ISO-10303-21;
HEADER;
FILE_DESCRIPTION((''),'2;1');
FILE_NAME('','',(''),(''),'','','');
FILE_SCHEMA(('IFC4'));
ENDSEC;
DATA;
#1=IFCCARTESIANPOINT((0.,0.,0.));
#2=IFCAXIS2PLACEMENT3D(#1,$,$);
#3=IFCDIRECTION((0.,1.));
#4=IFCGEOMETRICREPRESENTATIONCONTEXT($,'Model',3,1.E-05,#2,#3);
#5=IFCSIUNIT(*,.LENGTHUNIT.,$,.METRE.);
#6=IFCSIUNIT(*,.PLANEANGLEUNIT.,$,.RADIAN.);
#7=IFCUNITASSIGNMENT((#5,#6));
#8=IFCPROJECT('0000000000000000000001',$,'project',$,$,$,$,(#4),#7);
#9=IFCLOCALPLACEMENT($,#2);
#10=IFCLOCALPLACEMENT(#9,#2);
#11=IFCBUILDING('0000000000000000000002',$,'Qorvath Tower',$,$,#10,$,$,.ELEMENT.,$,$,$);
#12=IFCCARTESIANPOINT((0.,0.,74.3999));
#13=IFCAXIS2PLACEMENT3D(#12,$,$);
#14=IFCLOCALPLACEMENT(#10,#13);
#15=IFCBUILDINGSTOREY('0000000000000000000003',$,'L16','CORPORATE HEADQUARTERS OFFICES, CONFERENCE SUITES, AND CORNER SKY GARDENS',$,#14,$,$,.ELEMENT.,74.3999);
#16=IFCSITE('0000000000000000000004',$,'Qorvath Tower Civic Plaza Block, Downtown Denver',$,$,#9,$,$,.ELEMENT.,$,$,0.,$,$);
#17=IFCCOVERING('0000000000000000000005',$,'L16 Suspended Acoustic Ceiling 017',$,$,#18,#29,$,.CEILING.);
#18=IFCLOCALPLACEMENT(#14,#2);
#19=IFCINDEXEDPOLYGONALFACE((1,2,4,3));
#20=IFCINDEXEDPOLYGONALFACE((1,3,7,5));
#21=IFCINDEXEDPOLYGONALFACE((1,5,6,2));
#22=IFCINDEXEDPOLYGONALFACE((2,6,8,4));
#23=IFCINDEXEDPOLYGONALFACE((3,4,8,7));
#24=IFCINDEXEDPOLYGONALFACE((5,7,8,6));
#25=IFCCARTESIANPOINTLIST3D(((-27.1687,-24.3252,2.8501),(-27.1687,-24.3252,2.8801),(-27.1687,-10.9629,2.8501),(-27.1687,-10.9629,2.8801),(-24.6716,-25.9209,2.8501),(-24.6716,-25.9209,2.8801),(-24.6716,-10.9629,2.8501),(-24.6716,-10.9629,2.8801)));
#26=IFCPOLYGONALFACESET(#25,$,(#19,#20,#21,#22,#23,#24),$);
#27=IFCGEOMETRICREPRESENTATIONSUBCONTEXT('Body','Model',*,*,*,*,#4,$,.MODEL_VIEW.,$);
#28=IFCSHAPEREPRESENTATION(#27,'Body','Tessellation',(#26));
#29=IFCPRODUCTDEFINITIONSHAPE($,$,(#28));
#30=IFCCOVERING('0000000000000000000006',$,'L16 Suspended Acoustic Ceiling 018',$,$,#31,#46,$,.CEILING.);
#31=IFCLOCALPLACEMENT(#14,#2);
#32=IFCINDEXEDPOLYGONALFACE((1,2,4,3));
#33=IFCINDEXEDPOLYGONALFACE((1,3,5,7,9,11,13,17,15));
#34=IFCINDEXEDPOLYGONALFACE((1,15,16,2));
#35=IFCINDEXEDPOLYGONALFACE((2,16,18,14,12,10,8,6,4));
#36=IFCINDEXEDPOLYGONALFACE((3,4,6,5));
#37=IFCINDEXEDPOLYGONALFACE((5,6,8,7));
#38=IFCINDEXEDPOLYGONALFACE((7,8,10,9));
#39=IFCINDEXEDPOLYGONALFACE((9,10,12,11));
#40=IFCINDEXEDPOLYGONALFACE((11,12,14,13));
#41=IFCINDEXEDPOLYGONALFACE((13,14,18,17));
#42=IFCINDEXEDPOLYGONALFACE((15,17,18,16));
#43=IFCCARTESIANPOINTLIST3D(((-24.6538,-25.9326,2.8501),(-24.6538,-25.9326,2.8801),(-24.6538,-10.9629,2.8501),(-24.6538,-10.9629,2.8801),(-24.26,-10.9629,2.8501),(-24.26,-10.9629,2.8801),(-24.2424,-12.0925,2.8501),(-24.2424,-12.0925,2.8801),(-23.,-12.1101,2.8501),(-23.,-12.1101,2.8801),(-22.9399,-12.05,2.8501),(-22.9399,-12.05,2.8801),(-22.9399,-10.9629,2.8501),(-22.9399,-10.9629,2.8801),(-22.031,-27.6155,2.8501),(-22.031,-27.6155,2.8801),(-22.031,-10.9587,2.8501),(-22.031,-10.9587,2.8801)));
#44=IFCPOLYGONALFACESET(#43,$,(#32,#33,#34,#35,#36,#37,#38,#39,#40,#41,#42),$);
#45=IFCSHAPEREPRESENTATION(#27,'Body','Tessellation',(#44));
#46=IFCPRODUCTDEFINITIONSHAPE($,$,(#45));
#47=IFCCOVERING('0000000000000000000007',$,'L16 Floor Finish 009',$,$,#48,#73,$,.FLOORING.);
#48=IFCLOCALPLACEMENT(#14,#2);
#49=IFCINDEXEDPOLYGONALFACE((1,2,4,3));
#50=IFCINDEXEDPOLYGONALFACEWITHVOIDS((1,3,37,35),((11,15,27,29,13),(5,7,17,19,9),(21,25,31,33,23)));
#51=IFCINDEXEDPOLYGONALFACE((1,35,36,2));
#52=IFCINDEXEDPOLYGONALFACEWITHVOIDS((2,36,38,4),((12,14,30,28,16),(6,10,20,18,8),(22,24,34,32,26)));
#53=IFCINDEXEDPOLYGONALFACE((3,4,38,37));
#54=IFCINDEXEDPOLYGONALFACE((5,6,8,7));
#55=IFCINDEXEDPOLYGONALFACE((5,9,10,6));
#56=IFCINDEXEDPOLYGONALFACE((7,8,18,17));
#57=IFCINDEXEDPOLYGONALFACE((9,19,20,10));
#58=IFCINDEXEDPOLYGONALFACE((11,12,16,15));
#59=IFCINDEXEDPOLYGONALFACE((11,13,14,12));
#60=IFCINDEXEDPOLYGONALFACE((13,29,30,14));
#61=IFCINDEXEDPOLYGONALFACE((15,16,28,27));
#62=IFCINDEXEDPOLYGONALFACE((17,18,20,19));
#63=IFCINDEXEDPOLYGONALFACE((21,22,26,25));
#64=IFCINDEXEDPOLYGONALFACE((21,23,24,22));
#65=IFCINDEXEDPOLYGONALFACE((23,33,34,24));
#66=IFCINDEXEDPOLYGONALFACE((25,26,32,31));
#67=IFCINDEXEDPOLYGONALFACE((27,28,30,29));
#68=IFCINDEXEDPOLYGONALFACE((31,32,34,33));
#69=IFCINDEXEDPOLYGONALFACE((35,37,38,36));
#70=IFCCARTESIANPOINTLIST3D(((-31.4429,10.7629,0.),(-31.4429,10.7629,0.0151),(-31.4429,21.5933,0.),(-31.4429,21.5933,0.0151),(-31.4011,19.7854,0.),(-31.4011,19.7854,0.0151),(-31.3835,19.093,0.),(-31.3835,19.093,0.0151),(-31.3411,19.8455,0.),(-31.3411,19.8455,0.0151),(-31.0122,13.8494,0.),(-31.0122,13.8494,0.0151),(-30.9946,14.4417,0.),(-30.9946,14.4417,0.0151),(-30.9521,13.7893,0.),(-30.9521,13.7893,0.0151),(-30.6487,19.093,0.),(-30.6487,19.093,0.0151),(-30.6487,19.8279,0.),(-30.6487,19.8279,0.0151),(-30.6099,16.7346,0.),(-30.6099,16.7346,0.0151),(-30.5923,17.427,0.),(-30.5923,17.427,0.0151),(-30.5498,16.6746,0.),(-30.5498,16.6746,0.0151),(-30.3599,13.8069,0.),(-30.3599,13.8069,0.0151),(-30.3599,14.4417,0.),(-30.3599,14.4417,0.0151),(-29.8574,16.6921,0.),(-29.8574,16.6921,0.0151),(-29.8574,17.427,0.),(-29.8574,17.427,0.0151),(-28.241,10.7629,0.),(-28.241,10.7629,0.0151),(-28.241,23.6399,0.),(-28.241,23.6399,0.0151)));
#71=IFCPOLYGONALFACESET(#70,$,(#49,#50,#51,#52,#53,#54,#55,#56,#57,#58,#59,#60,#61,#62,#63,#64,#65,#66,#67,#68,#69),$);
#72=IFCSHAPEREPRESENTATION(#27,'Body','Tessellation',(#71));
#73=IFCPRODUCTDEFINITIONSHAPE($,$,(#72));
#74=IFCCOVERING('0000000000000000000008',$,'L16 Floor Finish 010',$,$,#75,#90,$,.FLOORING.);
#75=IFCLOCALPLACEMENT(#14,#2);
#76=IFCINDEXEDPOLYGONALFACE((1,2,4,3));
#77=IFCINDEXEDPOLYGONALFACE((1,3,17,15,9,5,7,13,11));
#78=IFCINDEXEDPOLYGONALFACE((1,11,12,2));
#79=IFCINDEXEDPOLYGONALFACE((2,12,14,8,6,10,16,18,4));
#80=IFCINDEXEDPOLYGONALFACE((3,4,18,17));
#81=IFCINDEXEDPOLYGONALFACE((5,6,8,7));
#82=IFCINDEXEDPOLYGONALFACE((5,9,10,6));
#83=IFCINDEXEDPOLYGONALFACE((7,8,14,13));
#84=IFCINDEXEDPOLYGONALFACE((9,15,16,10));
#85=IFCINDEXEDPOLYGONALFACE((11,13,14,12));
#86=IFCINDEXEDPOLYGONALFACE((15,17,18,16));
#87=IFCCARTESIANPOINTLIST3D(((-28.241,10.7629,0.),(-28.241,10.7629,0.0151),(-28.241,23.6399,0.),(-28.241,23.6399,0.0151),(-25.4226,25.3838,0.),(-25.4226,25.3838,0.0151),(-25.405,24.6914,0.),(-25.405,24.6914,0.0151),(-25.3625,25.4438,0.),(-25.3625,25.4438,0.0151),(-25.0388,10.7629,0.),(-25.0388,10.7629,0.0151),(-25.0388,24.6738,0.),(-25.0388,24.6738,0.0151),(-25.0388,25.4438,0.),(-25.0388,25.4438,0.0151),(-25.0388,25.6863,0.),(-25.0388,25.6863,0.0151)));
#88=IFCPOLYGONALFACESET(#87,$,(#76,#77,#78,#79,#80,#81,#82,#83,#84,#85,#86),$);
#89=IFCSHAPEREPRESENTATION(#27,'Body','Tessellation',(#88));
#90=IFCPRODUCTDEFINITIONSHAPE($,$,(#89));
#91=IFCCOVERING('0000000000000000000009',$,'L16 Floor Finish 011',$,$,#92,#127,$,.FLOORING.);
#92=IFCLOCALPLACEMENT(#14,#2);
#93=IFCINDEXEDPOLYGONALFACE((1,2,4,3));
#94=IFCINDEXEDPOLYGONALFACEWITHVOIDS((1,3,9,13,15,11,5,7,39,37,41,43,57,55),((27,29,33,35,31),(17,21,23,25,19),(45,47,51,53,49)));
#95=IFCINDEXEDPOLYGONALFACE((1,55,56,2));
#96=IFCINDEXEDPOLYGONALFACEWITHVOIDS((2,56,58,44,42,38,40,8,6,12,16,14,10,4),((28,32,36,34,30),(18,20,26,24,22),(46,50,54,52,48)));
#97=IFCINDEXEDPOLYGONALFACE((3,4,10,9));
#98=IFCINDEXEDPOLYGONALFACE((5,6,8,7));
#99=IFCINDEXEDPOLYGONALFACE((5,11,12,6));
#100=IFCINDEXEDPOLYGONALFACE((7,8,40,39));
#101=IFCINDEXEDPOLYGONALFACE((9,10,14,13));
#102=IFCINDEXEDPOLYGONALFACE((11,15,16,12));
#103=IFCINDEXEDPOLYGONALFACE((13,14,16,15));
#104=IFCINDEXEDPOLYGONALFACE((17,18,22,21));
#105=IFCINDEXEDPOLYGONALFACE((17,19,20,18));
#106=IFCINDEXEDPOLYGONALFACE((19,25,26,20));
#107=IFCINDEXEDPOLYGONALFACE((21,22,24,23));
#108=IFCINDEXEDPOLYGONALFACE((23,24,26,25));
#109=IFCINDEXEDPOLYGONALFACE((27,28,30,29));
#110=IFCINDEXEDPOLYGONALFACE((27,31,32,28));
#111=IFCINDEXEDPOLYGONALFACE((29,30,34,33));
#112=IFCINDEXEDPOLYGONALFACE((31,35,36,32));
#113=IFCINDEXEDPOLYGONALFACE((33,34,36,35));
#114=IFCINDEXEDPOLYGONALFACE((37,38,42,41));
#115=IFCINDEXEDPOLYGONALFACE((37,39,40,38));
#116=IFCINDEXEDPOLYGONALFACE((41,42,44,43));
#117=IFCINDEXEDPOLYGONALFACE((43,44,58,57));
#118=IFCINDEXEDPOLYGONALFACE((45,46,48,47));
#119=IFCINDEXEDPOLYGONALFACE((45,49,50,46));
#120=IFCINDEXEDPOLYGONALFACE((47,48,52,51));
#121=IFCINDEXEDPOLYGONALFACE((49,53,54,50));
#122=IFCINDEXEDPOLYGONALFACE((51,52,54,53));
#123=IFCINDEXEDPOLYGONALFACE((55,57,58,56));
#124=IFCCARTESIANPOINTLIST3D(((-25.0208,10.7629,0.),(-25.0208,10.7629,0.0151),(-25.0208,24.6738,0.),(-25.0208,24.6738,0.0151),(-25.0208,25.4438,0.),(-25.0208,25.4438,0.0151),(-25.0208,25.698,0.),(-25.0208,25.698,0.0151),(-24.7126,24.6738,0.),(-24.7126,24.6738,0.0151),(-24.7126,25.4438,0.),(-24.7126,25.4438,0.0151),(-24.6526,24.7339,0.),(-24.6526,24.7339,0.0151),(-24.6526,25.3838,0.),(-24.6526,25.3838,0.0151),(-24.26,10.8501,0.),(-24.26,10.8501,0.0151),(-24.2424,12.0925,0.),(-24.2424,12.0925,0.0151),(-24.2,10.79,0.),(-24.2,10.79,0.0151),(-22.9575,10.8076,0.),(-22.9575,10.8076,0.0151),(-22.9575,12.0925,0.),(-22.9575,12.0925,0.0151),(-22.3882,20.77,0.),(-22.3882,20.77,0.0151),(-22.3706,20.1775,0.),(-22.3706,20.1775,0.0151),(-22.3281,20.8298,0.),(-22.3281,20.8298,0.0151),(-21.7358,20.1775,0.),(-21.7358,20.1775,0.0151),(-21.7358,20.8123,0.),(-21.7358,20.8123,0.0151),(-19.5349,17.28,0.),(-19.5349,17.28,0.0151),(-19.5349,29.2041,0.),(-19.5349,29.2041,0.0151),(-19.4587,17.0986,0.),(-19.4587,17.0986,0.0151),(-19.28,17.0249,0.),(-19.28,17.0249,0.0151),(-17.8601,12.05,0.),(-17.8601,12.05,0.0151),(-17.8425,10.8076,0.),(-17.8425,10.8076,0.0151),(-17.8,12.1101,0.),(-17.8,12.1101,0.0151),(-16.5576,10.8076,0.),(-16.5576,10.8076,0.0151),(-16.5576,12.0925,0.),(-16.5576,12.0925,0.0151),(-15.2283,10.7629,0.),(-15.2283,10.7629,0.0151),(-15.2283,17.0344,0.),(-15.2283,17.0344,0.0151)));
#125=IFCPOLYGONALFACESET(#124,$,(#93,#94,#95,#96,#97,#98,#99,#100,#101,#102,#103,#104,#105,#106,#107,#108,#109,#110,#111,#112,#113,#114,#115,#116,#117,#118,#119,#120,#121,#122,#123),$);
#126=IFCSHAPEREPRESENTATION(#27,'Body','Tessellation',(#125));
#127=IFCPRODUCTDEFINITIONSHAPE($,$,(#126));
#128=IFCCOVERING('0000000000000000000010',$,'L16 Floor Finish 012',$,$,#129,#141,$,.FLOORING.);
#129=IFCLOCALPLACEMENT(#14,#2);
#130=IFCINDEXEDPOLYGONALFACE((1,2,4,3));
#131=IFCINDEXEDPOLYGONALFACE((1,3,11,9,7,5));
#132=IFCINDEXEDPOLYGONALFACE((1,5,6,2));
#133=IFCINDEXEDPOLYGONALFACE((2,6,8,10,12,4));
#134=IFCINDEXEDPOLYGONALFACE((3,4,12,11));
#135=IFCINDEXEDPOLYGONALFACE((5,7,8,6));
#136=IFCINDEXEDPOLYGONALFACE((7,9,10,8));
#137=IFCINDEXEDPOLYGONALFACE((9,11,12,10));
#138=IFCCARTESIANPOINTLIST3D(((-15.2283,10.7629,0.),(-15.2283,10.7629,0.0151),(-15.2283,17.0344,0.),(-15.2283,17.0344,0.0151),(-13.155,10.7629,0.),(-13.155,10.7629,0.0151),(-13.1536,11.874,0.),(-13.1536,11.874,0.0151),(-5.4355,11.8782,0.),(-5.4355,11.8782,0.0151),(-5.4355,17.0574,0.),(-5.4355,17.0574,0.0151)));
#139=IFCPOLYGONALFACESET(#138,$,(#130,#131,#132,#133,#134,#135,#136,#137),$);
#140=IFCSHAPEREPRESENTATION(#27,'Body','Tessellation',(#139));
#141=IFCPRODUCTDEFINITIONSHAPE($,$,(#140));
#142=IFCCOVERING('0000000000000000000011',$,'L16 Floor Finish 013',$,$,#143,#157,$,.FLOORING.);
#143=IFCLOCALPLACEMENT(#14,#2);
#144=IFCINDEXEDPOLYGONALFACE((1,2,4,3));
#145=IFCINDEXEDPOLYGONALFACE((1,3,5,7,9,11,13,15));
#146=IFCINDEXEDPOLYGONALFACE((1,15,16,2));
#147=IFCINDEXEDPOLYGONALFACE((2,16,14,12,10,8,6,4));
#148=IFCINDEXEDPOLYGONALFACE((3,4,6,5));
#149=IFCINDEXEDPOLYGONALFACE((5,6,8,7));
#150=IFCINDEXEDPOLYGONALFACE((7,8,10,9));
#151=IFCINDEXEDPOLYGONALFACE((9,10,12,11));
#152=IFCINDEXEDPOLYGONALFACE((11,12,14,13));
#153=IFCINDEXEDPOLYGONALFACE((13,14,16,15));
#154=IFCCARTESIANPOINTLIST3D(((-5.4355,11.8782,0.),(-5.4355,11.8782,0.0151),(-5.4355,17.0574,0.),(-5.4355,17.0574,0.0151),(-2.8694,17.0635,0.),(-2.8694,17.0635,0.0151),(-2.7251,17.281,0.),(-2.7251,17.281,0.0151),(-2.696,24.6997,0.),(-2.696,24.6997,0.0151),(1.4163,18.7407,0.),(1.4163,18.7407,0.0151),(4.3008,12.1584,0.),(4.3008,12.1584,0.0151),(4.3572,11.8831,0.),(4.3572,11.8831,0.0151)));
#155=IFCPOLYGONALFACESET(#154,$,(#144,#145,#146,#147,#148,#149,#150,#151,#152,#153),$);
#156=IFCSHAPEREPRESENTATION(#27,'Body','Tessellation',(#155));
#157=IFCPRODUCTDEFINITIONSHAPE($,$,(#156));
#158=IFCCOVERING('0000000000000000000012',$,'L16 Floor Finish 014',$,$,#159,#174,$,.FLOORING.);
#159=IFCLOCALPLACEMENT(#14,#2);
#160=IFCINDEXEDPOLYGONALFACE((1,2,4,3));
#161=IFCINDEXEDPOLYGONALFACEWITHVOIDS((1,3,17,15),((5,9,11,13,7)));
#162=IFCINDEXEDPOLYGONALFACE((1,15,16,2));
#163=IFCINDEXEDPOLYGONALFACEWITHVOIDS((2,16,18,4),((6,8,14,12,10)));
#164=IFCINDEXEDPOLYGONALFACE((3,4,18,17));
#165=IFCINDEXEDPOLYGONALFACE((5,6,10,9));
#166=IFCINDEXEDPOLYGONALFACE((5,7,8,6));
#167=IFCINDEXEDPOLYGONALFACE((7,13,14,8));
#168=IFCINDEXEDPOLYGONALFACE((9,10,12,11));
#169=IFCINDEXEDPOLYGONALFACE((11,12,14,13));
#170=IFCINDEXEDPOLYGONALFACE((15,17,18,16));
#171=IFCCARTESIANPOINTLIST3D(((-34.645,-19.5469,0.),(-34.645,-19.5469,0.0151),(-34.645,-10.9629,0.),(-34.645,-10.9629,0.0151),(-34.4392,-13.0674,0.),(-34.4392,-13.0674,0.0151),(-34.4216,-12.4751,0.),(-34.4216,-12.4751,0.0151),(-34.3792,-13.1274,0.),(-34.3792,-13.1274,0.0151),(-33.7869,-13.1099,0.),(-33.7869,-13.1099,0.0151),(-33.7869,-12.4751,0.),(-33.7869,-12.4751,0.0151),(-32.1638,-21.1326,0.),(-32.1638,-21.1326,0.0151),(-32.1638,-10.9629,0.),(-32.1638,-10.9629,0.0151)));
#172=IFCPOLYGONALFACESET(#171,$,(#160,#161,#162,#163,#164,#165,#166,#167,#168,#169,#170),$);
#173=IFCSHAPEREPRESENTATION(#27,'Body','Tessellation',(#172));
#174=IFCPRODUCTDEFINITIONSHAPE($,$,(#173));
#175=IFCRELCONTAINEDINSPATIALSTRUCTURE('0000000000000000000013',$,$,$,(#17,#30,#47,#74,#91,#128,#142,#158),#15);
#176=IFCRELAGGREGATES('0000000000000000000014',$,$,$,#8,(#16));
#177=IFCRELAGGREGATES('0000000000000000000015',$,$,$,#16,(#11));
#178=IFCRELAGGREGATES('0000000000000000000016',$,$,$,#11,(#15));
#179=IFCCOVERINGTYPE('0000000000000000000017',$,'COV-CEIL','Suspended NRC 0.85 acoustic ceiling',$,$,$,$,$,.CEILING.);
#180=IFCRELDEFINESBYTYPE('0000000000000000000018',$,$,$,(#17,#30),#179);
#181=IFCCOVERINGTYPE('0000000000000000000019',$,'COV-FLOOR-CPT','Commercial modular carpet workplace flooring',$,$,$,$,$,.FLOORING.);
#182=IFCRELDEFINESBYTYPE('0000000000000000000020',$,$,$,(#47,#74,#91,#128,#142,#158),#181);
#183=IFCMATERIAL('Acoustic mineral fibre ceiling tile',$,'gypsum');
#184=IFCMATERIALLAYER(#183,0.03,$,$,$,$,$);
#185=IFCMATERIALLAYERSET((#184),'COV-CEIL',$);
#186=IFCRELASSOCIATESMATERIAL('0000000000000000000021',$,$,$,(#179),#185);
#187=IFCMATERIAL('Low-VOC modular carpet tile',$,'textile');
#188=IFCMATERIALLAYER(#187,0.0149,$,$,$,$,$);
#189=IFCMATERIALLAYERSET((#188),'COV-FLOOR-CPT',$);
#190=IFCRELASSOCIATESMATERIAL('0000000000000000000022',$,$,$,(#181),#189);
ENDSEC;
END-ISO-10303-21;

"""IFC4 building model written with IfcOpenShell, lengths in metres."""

from ifc_helpers import new_model, si_unit, direction, frame, origin, place, context, subcontext, project, spatial, polyline, outline, extrude, material, layer, layer_set, type_object, element, save


model = new_model("IFC4")

# Units and contexts
model_context = context("Model", 3, precision=1e-05, world=origin(), true_north=direction((0.0, 1.0)))
body_context = subcontext(model_context, "Body", "Model", "MODEL_VIEW")
ifc_project = project(units=[si_unit("LENGTHUNIT", "METRE"), si_unit("PLANEANGLEUNIT", "RADIAN")], contexts=[model_context])

# Site, building, storey
site_placement = place(None, origin())
site = spatial("IfcSite", under=ifc_project, at=site_placement, Name="Qorvath Tower Civic Plaza Block, Downtown Denver", CompositionType="ELEMENT", RefElevation=0.0)
building_placement = place(site_placement, origin())
building = spatial("IfcBuilding", under=site, at=building_placement, Name="Qorvath Tower", CompositionType="ELEMENT")
storey_placement = place(building_placement, frame((0.0, 0.0, 74.3999)))
storey = spatial("IfcBuildingStorey", under=building, at=storey_placement, Name="L16", Description="CORPORATE HEADQUARTERS OFFICES, CONFERENCE SUITES, AND CORNER SKY GARDENS", CompositionType="ELEMENT", Elevation=74.3999)

# Coverings
ifc_material_1 = material(Name="Acoustic mineral fibre ceiling tile", Category="gypsum")
ifc_layer_1 = layer(ifc_material_1, 0.03)
ifc_layer_set_1 = layer_set([ifc_layer_1], Name="COV-CEIL")
covering_type_1 = type_object("IfcCoveringType", Name="COV-CEIL", Description="Suspended NRC 0.85 acoustic ceiling", PredefinedType="CEILING", material=ifc_layer_set_1)
covering_1_placement = place(storey_placement, frame((0.0, 0.0, 2.8501)))
element("IfcCovering", 1, at=covering_1_placement, inside=storey, type_object=covering_type_1, Name="L16 Suspended Acoustic Ceiling 017", PredefinedType="CEILING", context=body_context, shape_type="SweptSolid", body=[
    extrude(outline(polyline([(-24.6716, -10.9629), (-27.1687, -10.9629), (-27.1687, -24.3252), (-24.6716, -25.9209), (-24.6716, -10.9629)])), origin(), (0.0, 0.0, 1.0), 0.03),
])
covering_2_placement = place(storey_placement, frame((0.0, 0.0, 2.8501)))
element("IfcCovering", 2, at=covering_2_placement, inside=storey, type_object=covering_type_1, Name="L16 Suspended Acoustic Ceiling 018", PredefinedType="CEILING", context=body_context, shape_type="SweptSolid", body=[
    extrude(outline(polyline([(-24.6538, -25.9326), (-22.031, -27.6155), (-22.031, -10.9587), (-22.9399, -10.9629), (-22.9399, -12.05), (-23.0, -12.1101), (-24.2424, -12.0925), (-24.26, -10.9629), (-24.6538, -10.9629), (-24.6538, -25.9326)])), origin(), (0.0, 0.0, 1.0), 0.03),
])
ifc_material_2 = material(Name="Low-VOC modular carpet tile", Category="textile")
ifc_layer_2 = layer(ifc_material_2, 0.0149)
ifc_layer_set_2 = layer_set([ifc_layer_2], Name="COV-FLOOR-CPT")
covering_type_2 = type_object("IfcCoveringType", Name="COV-FLOOR-CPT", Description="Commercial modular carpet workplace flooring", PredefinedType="FLOORING", material=ifc_layer_set_2)
covering_3_placement = place(storey_placement, origin())
element("IfcCovering", 3, at=covering_3_placement, inside=storey, type_object=covering_type_2, Name="L16 Floor Finish 009", PredefinedType="FLOORING", context=body_context, shape_type="SweptSolid", body=[
    extrude(outline(polyline([(-28.241, 10.7629), (-28.241, 23.6399), (-31.4429, 21.5933), (-31.4429, 10.7629), (-28.241, 10.7629)]), holes=[polyline([(-30.6099, 16.7346), (-30.5923, 17.427), (-29.8574, 17.427), (-29.8574, 16.6921), (-30.5498, 16.6746), (-30.6099, 16.7346)]), polyline([(-31.0122, 13.8494), (-30.9946, 14.4417), (-30.3599, 14.4417), (-30.3599, 13.8069), (-30.9521, 13.7893), (-31.0122, 13.8494)]), polyline([(-31.4011, 19.7854), (-31.3411, 19.8455), (-30.6487, 19.8279), (-30.6487, 19.093), (-31.3835, 19.093), (-31.4011, 19.7854)])]), origin(), (0.0, 0.0, 1.0), 0.0151),
])
covering_4_placement = place(storey_placement, origin())
element("IfcCovering", 4, at=covering_4_placement, inside=storey, type_object=covering_type_2, Name="L16 Floor Finish 010", PredefinedType="FLOORING", context=body_context, shape_type="SweptSolid", body=[
    extrude(outline(polyline([(-25.0388, 25.4438), (-25.0388, 25.6863), (-28.241, 23.6399), (-28.241, 10.7629), (-25.0388, 10.7629), (-25.0388, 24.6738), (-25.405, 24.6914), (-25.4226, 25.3838), (-25.3625, 25.4438), (-25.0388, 25.4438)])), origin(), (0.0, 0.0, 1.0), 0.0151),
])
covering_5_placement = place(storey_placement, origin())
element("IfcCovering", 5, at=covering_5_placement, inside=storey, type_object=covering_type_2, Name="L16 Floor Finish 011", PredefinedType="FLOORING", context=body_context, shape_type="SweptSolid", body=[
    extrude(outline(polyline([(-15.2283, 10.7629), (-15.2283, 17.0344), (-19.28, 17.0249), (-19.4587, 17.0986), (-19.5349, 17.28), (-19.5349, 29.2041), (-25.0208, 25.698), (-25.0208, 25.4438), (-24.7126, 25.4438), (-24.6526, 25.3838), (-24.6526, 24.7339), (-24.7126, 24.6738), (-25.0208, 24.6738), (-25.0208, 10.7629), (-15.2283, 10.7629)]), holes=[polyline([(-17.8601, 12.05), (-17.8, 12.1101), (-16.5576, 12.0925), (-16.5576, 10.8076), (-17.8425, 10.8076), (-17.8601, 12.05)]), polyline([(-22.3882, 20.77), (-22.3281, 20.8298), (-21.7358, 20.8123), (-21.7358, 20.1775), (-22.3706, 20.1775), (-22.3882, 20.77)]), polyline([(-24.26, 10.8501), (-24.2424, 12.0925), (-22.9575, 12.0925), (-22.9575, 10.8076), (-24.2, 10.79), (-24.26, 10.8501)])]), origin(), (0.0, 0.0, 1.0), 0.0151),
])
covering_6_placement = place(storey_placement, origin())
element("IfcCovering", 6, at=covering_6_placement, inside=storey, type_object=covering_type_2, Name="L16 Floor Finish 012", PredefinedType="FLOORING", context=body_context, shape_type="SweptSolid", body=[
    extrude(outline(polyline([(-13.1536, 11.874), (-5.4355, 11.8782), (-5.4355, 17.0574), (-15.2283, 17.0344), (-15.2283, 10.7629), (-13.155, 10.7629), (-13.1536, 11.874)])), origin(), (0.0, 0.0, 1.0), 0.0151),
])
covering_7_placement = place(storey_placement, origin())
element("IfcCovering", 7, at=covering_7_placement, inside=storey, type_object=covering_type_2, Name="L16 Floor Finish 013", PredefinedType="FLOORING", context=body_context, shape_type="SweptSolid", body=[
    extrude(outline(polyline([(-5.4355, 17.0574), (-5.4355, 11.8782), (4.3572, 11.8831), (4.3008, 12.1584), (1.4163, 18.7407), (-2.696, 24.6997), (-2.7251, 17.281), (-2.8694, 17.0635), (-5.4355, 17.0574)])), origin(), (0.0, 0.0, 1.0), 0.0151),
])
covering_8_placement = place(storey_placement, origin())
element("IfcCovering", 8, at=covering_8_placement, inside=storey, type_object=covering_type_2, Name="L16 Floor Finish 014", PredefinedType="FLOORING", context=body_context, shape_type="SweptSolid", body=[
    extrude(outline(polyline([(-34.645, -10.9629), (-34.645, -19.5469), (-32.1638, -21.1326), (-32.1638, -10.9629), (-34.645, -10.9629)]), holes=[polyline([(-34.4392, -13.0674), (-34.4216, -12.4751), (-33.7869, -12.4751), (-33.7869, -13.1099), (-34.3792, -13.1274), (-34.4392, -13.0674)])]), origin(), (0.0, 0.0, 1.0), 0.0151),
])

save(model, "model.ifc")
